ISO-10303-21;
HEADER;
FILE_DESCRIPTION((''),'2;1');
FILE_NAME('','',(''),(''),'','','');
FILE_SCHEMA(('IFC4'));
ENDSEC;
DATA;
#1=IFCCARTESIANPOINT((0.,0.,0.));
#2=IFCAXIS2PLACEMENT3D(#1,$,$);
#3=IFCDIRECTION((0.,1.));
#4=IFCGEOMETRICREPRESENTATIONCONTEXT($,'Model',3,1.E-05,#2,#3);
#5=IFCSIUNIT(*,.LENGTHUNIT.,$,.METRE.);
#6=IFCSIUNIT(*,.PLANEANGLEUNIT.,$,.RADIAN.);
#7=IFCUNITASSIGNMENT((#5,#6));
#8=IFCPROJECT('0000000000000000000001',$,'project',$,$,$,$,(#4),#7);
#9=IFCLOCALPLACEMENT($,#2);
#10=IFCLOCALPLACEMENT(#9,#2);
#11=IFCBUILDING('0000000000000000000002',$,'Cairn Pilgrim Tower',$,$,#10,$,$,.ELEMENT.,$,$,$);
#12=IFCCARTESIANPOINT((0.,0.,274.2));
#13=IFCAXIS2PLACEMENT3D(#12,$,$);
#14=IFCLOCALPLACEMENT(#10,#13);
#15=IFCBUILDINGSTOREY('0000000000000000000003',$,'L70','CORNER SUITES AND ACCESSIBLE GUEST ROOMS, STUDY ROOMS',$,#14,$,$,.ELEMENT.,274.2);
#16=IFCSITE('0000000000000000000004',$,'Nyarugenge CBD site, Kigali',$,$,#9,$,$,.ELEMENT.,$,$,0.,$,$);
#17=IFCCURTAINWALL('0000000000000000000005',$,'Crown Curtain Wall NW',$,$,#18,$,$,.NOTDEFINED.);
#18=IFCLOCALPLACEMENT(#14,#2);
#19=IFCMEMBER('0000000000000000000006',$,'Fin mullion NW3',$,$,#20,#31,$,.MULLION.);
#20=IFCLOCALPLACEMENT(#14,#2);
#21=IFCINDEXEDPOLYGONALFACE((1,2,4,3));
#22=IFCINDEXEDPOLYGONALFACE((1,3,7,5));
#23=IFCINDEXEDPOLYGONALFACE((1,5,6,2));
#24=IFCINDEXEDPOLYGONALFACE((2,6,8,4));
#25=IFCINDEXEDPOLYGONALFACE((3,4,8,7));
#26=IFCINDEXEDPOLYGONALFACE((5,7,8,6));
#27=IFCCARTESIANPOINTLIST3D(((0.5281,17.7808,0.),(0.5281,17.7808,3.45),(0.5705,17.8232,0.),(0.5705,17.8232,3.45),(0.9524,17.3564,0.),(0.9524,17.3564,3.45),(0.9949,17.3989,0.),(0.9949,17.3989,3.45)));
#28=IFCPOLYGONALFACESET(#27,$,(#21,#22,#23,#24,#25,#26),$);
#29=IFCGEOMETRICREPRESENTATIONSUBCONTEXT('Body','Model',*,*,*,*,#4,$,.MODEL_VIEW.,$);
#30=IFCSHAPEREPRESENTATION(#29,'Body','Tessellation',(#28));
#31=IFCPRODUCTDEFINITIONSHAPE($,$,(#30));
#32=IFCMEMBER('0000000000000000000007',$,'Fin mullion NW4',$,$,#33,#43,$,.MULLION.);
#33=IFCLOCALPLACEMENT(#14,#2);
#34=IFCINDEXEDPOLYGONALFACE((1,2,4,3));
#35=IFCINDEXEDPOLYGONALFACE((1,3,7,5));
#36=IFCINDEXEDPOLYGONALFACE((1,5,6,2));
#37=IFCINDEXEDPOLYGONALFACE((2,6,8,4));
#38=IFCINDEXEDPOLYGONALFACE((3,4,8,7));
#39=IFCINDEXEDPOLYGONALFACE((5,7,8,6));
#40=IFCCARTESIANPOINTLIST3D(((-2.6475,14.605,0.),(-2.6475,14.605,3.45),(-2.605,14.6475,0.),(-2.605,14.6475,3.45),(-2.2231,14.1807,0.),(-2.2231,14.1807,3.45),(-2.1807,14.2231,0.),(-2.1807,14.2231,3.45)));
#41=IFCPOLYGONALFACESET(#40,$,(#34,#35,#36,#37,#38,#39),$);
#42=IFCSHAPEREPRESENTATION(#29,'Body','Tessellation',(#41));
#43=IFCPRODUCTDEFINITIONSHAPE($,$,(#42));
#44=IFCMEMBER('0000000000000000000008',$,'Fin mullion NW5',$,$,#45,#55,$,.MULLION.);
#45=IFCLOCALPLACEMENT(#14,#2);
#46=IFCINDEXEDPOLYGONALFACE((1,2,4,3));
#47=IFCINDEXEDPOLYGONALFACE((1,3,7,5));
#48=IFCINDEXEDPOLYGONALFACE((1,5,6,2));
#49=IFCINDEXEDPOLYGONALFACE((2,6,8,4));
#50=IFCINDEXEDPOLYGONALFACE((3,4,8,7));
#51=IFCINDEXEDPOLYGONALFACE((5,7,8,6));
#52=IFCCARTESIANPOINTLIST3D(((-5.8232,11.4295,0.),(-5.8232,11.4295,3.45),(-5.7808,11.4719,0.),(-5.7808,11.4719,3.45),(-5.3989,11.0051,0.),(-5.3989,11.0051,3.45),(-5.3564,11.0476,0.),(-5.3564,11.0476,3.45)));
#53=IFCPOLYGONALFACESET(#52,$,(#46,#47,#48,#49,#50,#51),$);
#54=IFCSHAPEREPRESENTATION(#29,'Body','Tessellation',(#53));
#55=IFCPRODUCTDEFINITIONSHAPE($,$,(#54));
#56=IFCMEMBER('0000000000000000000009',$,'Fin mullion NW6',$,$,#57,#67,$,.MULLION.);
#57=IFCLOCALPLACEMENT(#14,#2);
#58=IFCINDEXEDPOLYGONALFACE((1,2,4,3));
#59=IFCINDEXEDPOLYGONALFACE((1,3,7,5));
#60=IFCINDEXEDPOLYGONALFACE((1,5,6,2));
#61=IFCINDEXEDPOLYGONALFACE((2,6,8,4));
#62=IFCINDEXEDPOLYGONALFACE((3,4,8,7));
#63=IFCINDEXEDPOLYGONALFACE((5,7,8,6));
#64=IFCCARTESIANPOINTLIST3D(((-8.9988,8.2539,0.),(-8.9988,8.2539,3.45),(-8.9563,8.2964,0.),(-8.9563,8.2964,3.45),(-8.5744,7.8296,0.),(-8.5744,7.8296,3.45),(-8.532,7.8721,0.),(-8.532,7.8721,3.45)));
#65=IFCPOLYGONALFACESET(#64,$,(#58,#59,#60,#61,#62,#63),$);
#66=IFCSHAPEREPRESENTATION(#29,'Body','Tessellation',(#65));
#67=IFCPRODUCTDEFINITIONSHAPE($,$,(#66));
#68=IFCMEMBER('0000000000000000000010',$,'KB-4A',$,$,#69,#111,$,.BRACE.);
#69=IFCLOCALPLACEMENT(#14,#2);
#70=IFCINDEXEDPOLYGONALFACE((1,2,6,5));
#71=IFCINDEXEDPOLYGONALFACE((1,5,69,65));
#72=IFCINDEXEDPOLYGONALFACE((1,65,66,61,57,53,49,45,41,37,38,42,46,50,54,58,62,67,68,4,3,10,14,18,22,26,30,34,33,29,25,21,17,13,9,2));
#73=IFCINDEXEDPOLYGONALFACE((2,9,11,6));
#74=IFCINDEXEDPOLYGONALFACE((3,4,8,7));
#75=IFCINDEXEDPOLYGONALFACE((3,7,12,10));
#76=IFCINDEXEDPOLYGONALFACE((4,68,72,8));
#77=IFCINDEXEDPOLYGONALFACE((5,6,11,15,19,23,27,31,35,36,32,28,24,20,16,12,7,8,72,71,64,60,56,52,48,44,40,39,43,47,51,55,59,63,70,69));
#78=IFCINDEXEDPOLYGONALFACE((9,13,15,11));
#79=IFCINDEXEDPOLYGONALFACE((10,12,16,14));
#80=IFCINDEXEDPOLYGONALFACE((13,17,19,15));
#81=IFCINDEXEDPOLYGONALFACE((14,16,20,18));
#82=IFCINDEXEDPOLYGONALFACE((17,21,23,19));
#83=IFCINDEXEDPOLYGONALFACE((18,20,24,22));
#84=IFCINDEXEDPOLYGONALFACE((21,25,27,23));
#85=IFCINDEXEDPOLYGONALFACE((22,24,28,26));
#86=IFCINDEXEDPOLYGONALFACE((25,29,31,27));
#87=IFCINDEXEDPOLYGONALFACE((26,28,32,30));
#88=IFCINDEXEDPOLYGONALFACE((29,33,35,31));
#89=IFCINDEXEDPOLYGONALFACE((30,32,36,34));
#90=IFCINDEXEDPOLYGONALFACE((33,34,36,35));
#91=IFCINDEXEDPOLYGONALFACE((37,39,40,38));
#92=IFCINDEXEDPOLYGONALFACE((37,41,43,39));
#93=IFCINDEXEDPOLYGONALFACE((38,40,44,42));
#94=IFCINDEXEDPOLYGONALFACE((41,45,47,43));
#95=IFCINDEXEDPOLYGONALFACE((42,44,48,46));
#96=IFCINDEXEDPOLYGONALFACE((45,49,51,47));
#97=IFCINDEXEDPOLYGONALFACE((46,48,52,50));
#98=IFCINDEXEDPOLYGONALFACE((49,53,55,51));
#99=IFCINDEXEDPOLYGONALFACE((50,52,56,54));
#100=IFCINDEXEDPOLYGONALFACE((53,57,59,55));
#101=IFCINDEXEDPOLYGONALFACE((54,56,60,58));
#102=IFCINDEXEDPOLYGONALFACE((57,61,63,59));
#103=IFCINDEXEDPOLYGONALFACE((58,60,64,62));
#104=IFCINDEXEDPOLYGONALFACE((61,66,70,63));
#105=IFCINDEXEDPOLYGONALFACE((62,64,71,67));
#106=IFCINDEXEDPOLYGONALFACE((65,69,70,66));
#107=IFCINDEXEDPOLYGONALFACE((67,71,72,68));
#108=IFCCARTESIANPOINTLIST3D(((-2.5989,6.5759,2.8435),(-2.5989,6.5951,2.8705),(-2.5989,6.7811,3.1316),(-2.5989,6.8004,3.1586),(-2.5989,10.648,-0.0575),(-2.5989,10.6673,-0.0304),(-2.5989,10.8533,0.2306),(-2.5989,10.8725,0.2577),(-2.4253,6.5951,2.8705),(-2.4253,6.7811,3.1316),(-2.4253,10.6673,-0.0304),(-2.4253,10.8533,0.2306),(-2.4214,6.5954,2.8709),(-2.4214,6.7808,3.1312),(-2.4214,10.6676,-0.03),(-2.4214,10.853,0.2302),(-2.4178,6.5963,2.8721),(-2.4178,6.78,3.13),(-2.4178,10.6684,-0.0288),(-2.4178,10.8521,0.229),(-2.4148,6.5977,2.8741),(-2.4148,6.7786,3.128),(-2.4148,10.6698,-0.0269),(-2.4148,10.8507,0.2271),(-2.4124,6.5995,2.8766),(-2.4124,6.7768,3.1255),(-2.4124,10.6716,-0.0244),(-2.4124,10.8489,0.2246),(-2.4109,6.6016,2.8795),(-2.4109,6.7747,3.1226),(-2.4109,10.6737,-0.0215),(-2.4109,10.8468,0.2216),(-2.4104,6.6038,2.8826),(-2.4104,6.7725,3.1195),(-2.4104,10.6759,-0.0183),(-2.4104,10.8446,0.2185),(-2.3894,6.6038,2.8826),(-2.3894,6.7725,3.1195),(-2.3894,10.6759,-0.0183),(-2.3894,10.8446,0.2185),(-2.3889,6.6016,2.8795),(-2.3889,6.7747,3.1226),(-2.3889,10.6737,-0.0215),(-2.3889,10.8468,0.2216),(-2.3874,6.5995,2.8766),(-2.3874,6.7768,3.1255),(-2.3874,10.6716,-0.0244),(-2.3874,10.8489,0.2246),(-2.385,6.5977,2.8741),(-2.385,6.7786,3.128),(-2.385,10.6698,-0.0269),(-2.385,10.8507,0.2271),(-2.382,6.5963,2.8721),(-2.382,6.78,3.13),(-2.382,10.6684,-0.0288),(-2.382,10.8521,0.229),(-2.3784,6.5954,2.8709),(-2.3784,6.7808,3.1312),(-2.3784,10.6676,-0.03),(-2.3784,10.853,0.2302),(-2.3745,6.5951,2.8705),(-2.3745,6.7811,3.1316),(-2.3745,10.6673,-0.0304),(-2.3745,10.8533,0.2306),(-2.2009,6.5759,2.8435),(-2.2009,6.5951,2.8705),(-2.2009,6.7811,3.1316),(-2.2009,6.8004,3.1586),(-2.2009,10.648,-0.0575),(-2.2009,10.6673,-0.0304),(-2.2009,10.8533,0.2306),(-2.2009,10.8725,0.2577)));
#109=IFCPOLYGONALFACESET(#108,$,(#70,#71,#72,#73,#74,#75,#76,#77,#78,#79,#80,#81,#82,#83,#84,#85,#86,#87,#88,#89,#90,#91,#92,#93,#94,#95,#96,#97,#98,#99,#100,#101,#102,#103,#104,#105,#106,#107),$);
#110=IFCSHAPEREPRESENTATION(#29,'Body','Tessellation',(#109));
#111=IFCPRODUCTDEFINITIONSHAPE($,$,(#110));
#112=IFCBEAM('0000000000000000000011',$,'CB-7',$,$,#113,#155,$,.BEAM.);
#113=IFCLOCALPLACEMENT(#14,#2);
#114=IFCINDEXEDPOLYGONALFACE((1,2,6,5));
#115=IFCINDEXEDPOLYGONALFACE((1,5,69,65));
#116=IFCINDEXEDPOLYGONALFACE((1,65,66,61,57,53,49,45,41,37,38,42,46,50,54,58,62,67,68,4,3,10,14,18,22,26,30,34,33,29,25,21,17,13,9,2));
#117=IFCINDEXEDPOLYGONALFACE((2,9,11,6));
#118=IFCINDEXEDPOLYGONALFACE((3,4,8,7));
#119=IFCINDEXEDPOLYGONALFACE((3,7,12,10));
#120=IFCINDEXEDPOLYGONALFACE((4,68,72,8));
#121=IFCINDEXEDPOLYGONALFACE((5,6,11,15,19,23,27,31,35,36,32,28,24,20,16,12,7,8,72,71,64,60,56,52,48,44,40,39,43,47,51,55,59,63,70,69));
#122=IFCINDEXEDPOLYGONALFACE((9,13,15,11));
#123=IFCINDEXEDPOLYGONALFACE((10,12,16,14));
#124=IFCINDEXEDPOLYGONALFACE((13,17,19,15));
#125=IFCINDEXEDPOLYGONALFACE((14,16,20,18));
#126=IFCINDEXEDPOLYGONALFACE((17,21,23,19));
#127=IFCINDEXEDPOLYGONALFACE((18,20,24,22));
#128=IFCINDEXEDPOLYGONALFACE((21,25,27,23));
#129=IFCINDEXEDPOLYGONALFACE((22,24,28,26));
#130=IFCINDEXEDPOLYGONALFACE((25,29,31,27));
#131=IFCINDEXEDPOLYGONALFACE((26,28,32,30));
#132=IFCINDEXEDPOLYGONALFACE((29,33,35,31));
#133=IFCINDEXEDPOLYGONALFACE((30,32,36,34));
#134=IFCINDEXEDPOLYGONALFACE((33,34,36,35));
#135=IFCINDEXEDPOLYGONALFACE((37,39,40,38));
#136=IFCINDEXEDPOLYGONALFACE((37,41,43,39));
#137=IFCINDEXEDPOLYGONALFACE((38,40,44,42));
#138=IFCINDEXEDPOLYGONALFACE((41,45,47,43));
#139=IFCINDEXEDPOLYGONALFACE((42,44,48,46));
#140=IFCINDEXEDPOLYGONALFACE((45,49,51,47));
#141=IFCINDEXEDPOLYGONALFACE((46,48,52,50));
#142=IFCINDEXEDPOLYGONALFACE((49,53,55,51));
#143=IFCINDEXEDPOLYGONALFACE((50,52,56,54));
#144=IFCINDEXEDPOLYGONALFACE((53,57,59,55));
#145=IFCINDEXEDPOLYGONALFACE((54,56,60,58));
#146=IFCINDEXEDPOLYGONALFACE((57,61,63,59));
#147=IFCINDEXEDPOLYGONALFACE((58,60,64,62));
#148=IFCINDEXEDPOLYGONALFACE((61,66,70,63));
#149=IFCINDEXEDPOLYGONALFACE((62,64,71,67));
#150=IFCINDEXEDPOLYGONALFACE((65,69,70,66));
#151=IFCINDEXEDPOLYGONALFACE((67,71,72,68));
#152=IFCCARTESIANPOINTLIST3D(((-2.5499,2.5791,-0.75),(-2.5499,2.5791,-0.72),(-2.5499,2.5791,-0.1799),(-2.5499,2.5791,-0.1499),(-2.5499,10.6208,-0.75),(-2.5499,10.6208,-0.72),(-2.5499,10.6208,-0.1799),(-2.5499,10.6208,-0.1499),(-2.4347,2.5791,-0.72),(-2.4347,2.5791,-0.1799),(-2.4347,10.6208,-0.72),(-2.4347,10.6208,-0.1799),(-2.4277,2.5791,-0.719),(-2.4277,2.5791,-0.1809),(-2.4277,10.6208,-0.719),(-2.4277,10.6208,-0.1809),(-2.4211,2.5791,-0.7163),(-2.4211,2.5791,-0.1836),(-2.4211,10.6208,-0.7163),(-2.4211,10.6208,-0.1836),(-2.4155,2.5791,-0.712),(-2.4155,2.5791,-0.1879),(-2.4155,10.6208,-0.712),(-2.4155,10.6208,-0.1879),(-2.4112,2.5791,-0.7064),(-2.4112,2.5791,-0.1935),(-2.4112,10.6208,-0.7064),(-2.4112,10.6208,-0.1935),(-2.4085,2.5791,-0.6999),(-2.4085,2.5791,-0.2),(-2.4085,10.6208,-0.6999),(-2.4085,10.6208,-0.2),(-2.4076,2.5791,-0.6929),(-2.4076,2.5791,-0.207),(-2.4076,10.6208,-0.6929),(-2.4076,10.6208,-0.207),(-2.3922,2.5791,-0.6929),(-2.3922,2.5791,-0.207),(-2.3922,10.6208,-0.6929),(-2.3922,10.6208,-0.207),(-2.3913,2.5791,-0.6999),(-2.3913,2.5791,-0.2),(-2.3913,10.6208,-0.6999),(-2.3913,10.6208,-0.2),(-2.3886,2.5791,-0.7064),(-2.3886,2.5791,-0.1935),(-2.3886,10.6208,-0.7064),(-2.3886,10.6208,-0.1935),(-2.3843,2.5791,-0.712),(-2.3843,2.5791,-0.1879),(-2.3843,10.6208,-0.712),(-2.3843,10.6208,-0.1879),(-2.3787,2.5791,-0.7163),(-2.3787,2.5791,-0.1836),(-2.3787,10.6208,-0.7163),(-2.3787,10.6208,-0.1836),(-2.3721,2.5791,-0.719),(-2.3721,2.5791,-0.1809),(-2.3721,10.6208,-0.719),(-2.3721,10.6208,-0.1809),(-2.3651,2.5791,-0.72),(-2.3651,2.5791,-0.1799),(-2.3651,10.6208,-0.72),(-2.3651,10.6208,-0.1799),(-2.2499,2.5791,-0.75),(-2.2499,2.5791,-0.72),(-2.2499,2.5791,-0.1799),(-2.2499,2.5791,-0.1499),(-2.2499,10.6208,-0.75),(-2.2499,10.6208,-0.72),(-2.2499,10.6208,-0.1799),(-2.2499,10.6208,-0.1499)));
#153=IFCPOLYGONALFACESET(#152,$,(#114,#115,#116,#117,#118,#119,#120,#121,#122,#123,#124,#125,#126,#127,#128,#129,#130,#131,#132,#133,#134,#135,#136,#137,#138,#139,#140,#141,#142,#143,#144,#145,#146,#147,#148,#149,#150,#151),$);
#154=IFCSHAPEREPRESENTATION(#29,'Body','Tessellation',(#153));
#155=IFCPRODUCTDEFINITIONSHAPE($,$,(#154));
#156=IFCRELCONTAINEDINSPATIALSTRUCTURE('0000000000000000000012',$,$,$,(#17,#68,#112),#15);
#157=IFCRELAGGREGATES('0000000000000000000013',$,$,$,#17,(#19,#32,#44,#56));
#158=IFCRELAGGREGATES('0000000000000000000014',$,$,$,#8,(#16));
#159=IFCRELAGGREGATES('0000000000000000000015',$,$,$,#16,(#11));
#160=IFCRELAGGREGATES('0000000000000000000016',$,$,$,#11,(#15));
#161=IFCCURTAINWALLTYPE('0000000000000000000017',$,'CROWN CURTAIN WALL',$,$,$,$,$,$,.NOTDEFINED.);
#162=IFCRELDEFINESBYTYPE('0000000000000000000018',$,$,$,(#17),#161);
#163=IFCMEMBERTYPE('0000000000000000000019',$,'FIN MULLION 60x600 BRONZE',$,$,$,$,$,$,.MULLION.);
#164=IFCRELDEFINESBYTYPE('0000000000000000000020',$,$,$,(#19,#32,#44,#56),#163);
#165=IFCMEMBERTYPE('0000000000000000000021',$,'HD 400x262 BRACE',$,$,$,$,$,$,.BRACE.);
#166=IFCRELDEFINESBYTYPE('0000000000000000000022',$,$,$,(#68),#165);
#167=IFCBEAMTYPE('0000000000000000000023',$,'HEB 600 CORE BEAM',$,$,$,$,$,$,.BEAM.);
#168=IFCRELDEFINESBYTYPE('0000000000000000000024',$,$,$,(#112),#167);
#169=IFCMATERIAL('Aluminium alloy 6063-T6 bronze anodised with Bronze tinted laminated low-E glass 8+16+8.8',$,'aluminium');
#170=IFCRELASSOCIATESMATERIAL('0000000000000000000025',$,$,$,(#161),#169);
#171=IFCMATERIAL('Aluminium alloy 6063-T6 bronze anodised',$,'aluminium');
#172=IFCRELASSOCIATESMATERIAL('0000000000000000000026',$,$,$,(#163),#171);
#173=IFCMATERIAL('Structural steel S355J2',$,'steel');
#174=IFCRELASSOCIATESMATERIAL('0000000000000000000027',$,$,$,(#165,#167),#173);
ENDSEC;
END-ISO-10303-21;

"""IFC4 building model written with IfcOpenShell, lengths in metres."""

from ifc_helpers import new_model, si_unit, direction, frame, origin, origin_2d, place, context, subcontext, project, spatial, rectangle, i_section, extrude, material, material_profile, profile_set, type_object, element, aggregate, save


model = new_model("IFC4")

# Units and contexts
model_context = context("Model", 3, precision=1e-05, world=origin(), true_north=direction((0.0, 1.0)))
body_context = subcontext(model_context, "Body", "Model", "MODEL_VIEW")
ifc_project = project(units=[si_unit("LENGTHUNIT", "METRE"), si_unit("PLANEANGLEUNIT", "RADIAN")], contexts=[model_context])

# Site, building, storey
site_placement = place(None, origin())
site = spatial("IfcSite", under=ifc_project, at=site_placement, Name="Nyarugenge CBD site, Kigali", CompositionType="ELEMENT", RefElevation=0.0)
building_placement = place(site_placement, origin())
building = spatial("IfcBuilding", under=site, at=building_placement, Name="Cairn Pilgrim Tower", CompositionType="ELEMENT")
storey_placement = place(building_placement, frame((0.0, 0.0, 274.2)))
storey = spatial("IfcBuildingStorey", under=building, at=storey_placement, Name="L70", Description="CORNER SUITES AND ACCESSIBLE GUEST ROOMS, STUDY ROOMS", CompositionType="ELEMENT", Elevation=274.2)

# Shared definitions
ifc_material_1 = material(Name="Structural steel S355J2", Category="steel")

# Curtain wall, members
ifc_material_2 = material(Name="Aluminium alloy 6063-T6 bronze anodised with Bronze tinted laminated low-E glass 8+16+8.8", Category="aluminium")
curtain_wall_type = type_object("IfcCurtainWallType", Name="CROWN CURTAIN WALL", PredefinedType="NOTDEFINED", material=ifc_material_2)
curtain_wall_placement = place(storey_placement, origin())
curtain_wall = element("IfcCurtainWall", 1, at=curtain_wall_placement, inside=storey, type_object=curtain_wall_type, Name="Crown Curtain Wall NW", PredefinedType="NOTDEFINED")
ifc_material_3 = material(Name="Aluminium alloy 6063-T6 bronze anodised", Category="aluminium")
ifc_material_profile_1 = material_profile(ifc_material_3, rectangle(XDim=0.6001, YDim=0.0601, at=origin_2d()), Name="FIN MULLION 60x600 BRONZE")
ifc_profile_set_1 = profile_set([ifc_material_profile_1], Name="Aluminium alloy 6063-T6 bronze anodised")
member_type_1 = type_object("IfcMemberType", Name="FIN MULLION 60x600 BRONZE", PredefinedType="MULLION", material=ifc_profile_set_1)
member_1_placement = place(storey_placement, frame((0.7615, 17.5898, 0.0), z_axis=(0.0, 0.0, 1.0), x_axis=(-0.707107, 0.707107, 0.0)))
member_1 = element("IfcMember", 2, at=member_1_placement, type_object=member_type_1, Name="Fin mullion NW3", PredefinedType="MULLION", context=body_context, shape_type="SweptSolid", body=[
    extrude(rectangle(XDim=0.6001, YDim=0.0601, at=origin_2d()), origin(), (0.0, 0.0, 1.0), 3.45),
])
member_2_placement = place(storey_placement, frame((-2.4141, 14.4141, 0.0), z_axis=(0.0, 0.0, 1.0), x_axis=(-0.707107, 0.707107, 0.0)))
member_2 = element("IfcMember", 3, at=member_2_placement, type_object=member_type_1, Name="Fin mullion NW4", PredefinedType="MULLION", context=body_context, shape_type="SweptSolid", body=[
    extrude(rectangle(XDim=0.6001, YDim=0.0601, at=origin_2d()), origin(), (0.0, 0.0, 1.0), 3.45),
])
member_3_placement = place(storey_placement, frame((-5.5898, 11.2385, 0.0), z_axis=(0.0, 0.0, 1.0), x_axis=(-0.707107, 0.707107, 0.0)))
member_3 = element("IfcMember", 4, at=member_3_placement, type_object=member_type_1, Name="Fin mullion NW5", PredefinedType="MULLION", context=body_context, shape_type="SweptSolid", body=[
    extrude(rectangle(XDim=0.6001, YDim=0.0601, at=origin_2d()), origin(), (0.0, 0.0, 1.0), 3.45),
])
member_4_placement = place(storey_placement, frame((-8.7654, 8.063, 0.0), z_axis=(0.0, 0.0, 1.0), x_axis=(-0.707107, 0.707107, 0.0)))
member_4 = element("IfcMember", 5, at=member_4_placement, type_object=member_type_1, Name="Fin mullion NW6", PredefinedType="MULLION", context=body_context, shape_type="SweptSolid", body=[
    extrude(rectangle(XDim=0.6001, YDim=0.0601, at=origin_2d()), origin(), (0.0, 0.0, 1.0), 3.45),
])

# Member
ifc_material_profile_2 = material_profile(ifc_material_1, i_section(OverallWidth=0.3979, OverallDepth=0.387, WebThickness=0.021, FlangeThickness=0.0332, FilletRadius=0.0149, at=origin_2d()), Name="HD 400x262")
ifc_profile_set_2 = profile_set([ifc_material_profile_2], Name="Structural steel S355J2")
member_type_2 = type_object("IfcMemberType", Name="HD 400x262 BRACE", PredefinedType="BRACE", material=ifc_profile_set_2)
member_5_placement = place(storey_placement, frame((-2.3999, 10.7603, 0.1001), z_axis=(0.0, -0.814462, 0.580217), x_axis=(1.0, 0.0, 0.0)))
element("IfcMember", 6, at=member_5_placement, inside=storey, type_object=member_type_2, Name="KB-4A", PredefinedType="BRACE", context=body_context, shape_type="SweptSolid", body=[
    extrude(i_section(OverallWidth=0.3979, OverallDepth=0.387, WebThickness=0.021, FlangeThickness=0.0332, FilletRadius=0.0149, at=origin_2d()), origin(), (0.0, 0.0, 1.0), 4.9998),
])

# Beam
ifc_material_profile_3 = material_profile(ifc_material_1, i_section(OverallWidth=0.3, OverallDepth=0.6001, WebThickness=0.0154, FlangeThickness=0.03, FilletRadius=0.0271, at=origin_2d()), Name="HEB 600")
ifc_profile_set_3 = profile_set([ifc_material_profile_3], Name="Structural steel S355J2")
beam_type_1 = type_object("IfcBeamType", Name="HEB 600 CORE BEAM", PredefinedType="BEAM", material=ifc_profile_set_3)
beam_1_placement = place(storey_placement, frame((-2.3999, 10.6208, -0.45), z_axis=(0.0, -1.0, 0.0), x_axis=(1.0, 0.0, 0.0)))
element("IfcBeam", 7, at=beam_1_placement, inside=storey, type_object=beam_type_1, Name="CB-7", PredefinedType="BEAM", context=body_context, shape_type="SweptSolid", body=[
    extrude(i_section(OverallWidth=0.3, OverallDepth=0.6001, WebThickness=0.0154, FlangeThickness=0.03, FilletRadius=0.0271, at=origin_2d()), origin(), (0.0, 0.0, 1.0), 8.0417),
])

aggregate(curtain_wall, [member_1, member_2, member_3, member_4])

save(model, "model.ifc")
